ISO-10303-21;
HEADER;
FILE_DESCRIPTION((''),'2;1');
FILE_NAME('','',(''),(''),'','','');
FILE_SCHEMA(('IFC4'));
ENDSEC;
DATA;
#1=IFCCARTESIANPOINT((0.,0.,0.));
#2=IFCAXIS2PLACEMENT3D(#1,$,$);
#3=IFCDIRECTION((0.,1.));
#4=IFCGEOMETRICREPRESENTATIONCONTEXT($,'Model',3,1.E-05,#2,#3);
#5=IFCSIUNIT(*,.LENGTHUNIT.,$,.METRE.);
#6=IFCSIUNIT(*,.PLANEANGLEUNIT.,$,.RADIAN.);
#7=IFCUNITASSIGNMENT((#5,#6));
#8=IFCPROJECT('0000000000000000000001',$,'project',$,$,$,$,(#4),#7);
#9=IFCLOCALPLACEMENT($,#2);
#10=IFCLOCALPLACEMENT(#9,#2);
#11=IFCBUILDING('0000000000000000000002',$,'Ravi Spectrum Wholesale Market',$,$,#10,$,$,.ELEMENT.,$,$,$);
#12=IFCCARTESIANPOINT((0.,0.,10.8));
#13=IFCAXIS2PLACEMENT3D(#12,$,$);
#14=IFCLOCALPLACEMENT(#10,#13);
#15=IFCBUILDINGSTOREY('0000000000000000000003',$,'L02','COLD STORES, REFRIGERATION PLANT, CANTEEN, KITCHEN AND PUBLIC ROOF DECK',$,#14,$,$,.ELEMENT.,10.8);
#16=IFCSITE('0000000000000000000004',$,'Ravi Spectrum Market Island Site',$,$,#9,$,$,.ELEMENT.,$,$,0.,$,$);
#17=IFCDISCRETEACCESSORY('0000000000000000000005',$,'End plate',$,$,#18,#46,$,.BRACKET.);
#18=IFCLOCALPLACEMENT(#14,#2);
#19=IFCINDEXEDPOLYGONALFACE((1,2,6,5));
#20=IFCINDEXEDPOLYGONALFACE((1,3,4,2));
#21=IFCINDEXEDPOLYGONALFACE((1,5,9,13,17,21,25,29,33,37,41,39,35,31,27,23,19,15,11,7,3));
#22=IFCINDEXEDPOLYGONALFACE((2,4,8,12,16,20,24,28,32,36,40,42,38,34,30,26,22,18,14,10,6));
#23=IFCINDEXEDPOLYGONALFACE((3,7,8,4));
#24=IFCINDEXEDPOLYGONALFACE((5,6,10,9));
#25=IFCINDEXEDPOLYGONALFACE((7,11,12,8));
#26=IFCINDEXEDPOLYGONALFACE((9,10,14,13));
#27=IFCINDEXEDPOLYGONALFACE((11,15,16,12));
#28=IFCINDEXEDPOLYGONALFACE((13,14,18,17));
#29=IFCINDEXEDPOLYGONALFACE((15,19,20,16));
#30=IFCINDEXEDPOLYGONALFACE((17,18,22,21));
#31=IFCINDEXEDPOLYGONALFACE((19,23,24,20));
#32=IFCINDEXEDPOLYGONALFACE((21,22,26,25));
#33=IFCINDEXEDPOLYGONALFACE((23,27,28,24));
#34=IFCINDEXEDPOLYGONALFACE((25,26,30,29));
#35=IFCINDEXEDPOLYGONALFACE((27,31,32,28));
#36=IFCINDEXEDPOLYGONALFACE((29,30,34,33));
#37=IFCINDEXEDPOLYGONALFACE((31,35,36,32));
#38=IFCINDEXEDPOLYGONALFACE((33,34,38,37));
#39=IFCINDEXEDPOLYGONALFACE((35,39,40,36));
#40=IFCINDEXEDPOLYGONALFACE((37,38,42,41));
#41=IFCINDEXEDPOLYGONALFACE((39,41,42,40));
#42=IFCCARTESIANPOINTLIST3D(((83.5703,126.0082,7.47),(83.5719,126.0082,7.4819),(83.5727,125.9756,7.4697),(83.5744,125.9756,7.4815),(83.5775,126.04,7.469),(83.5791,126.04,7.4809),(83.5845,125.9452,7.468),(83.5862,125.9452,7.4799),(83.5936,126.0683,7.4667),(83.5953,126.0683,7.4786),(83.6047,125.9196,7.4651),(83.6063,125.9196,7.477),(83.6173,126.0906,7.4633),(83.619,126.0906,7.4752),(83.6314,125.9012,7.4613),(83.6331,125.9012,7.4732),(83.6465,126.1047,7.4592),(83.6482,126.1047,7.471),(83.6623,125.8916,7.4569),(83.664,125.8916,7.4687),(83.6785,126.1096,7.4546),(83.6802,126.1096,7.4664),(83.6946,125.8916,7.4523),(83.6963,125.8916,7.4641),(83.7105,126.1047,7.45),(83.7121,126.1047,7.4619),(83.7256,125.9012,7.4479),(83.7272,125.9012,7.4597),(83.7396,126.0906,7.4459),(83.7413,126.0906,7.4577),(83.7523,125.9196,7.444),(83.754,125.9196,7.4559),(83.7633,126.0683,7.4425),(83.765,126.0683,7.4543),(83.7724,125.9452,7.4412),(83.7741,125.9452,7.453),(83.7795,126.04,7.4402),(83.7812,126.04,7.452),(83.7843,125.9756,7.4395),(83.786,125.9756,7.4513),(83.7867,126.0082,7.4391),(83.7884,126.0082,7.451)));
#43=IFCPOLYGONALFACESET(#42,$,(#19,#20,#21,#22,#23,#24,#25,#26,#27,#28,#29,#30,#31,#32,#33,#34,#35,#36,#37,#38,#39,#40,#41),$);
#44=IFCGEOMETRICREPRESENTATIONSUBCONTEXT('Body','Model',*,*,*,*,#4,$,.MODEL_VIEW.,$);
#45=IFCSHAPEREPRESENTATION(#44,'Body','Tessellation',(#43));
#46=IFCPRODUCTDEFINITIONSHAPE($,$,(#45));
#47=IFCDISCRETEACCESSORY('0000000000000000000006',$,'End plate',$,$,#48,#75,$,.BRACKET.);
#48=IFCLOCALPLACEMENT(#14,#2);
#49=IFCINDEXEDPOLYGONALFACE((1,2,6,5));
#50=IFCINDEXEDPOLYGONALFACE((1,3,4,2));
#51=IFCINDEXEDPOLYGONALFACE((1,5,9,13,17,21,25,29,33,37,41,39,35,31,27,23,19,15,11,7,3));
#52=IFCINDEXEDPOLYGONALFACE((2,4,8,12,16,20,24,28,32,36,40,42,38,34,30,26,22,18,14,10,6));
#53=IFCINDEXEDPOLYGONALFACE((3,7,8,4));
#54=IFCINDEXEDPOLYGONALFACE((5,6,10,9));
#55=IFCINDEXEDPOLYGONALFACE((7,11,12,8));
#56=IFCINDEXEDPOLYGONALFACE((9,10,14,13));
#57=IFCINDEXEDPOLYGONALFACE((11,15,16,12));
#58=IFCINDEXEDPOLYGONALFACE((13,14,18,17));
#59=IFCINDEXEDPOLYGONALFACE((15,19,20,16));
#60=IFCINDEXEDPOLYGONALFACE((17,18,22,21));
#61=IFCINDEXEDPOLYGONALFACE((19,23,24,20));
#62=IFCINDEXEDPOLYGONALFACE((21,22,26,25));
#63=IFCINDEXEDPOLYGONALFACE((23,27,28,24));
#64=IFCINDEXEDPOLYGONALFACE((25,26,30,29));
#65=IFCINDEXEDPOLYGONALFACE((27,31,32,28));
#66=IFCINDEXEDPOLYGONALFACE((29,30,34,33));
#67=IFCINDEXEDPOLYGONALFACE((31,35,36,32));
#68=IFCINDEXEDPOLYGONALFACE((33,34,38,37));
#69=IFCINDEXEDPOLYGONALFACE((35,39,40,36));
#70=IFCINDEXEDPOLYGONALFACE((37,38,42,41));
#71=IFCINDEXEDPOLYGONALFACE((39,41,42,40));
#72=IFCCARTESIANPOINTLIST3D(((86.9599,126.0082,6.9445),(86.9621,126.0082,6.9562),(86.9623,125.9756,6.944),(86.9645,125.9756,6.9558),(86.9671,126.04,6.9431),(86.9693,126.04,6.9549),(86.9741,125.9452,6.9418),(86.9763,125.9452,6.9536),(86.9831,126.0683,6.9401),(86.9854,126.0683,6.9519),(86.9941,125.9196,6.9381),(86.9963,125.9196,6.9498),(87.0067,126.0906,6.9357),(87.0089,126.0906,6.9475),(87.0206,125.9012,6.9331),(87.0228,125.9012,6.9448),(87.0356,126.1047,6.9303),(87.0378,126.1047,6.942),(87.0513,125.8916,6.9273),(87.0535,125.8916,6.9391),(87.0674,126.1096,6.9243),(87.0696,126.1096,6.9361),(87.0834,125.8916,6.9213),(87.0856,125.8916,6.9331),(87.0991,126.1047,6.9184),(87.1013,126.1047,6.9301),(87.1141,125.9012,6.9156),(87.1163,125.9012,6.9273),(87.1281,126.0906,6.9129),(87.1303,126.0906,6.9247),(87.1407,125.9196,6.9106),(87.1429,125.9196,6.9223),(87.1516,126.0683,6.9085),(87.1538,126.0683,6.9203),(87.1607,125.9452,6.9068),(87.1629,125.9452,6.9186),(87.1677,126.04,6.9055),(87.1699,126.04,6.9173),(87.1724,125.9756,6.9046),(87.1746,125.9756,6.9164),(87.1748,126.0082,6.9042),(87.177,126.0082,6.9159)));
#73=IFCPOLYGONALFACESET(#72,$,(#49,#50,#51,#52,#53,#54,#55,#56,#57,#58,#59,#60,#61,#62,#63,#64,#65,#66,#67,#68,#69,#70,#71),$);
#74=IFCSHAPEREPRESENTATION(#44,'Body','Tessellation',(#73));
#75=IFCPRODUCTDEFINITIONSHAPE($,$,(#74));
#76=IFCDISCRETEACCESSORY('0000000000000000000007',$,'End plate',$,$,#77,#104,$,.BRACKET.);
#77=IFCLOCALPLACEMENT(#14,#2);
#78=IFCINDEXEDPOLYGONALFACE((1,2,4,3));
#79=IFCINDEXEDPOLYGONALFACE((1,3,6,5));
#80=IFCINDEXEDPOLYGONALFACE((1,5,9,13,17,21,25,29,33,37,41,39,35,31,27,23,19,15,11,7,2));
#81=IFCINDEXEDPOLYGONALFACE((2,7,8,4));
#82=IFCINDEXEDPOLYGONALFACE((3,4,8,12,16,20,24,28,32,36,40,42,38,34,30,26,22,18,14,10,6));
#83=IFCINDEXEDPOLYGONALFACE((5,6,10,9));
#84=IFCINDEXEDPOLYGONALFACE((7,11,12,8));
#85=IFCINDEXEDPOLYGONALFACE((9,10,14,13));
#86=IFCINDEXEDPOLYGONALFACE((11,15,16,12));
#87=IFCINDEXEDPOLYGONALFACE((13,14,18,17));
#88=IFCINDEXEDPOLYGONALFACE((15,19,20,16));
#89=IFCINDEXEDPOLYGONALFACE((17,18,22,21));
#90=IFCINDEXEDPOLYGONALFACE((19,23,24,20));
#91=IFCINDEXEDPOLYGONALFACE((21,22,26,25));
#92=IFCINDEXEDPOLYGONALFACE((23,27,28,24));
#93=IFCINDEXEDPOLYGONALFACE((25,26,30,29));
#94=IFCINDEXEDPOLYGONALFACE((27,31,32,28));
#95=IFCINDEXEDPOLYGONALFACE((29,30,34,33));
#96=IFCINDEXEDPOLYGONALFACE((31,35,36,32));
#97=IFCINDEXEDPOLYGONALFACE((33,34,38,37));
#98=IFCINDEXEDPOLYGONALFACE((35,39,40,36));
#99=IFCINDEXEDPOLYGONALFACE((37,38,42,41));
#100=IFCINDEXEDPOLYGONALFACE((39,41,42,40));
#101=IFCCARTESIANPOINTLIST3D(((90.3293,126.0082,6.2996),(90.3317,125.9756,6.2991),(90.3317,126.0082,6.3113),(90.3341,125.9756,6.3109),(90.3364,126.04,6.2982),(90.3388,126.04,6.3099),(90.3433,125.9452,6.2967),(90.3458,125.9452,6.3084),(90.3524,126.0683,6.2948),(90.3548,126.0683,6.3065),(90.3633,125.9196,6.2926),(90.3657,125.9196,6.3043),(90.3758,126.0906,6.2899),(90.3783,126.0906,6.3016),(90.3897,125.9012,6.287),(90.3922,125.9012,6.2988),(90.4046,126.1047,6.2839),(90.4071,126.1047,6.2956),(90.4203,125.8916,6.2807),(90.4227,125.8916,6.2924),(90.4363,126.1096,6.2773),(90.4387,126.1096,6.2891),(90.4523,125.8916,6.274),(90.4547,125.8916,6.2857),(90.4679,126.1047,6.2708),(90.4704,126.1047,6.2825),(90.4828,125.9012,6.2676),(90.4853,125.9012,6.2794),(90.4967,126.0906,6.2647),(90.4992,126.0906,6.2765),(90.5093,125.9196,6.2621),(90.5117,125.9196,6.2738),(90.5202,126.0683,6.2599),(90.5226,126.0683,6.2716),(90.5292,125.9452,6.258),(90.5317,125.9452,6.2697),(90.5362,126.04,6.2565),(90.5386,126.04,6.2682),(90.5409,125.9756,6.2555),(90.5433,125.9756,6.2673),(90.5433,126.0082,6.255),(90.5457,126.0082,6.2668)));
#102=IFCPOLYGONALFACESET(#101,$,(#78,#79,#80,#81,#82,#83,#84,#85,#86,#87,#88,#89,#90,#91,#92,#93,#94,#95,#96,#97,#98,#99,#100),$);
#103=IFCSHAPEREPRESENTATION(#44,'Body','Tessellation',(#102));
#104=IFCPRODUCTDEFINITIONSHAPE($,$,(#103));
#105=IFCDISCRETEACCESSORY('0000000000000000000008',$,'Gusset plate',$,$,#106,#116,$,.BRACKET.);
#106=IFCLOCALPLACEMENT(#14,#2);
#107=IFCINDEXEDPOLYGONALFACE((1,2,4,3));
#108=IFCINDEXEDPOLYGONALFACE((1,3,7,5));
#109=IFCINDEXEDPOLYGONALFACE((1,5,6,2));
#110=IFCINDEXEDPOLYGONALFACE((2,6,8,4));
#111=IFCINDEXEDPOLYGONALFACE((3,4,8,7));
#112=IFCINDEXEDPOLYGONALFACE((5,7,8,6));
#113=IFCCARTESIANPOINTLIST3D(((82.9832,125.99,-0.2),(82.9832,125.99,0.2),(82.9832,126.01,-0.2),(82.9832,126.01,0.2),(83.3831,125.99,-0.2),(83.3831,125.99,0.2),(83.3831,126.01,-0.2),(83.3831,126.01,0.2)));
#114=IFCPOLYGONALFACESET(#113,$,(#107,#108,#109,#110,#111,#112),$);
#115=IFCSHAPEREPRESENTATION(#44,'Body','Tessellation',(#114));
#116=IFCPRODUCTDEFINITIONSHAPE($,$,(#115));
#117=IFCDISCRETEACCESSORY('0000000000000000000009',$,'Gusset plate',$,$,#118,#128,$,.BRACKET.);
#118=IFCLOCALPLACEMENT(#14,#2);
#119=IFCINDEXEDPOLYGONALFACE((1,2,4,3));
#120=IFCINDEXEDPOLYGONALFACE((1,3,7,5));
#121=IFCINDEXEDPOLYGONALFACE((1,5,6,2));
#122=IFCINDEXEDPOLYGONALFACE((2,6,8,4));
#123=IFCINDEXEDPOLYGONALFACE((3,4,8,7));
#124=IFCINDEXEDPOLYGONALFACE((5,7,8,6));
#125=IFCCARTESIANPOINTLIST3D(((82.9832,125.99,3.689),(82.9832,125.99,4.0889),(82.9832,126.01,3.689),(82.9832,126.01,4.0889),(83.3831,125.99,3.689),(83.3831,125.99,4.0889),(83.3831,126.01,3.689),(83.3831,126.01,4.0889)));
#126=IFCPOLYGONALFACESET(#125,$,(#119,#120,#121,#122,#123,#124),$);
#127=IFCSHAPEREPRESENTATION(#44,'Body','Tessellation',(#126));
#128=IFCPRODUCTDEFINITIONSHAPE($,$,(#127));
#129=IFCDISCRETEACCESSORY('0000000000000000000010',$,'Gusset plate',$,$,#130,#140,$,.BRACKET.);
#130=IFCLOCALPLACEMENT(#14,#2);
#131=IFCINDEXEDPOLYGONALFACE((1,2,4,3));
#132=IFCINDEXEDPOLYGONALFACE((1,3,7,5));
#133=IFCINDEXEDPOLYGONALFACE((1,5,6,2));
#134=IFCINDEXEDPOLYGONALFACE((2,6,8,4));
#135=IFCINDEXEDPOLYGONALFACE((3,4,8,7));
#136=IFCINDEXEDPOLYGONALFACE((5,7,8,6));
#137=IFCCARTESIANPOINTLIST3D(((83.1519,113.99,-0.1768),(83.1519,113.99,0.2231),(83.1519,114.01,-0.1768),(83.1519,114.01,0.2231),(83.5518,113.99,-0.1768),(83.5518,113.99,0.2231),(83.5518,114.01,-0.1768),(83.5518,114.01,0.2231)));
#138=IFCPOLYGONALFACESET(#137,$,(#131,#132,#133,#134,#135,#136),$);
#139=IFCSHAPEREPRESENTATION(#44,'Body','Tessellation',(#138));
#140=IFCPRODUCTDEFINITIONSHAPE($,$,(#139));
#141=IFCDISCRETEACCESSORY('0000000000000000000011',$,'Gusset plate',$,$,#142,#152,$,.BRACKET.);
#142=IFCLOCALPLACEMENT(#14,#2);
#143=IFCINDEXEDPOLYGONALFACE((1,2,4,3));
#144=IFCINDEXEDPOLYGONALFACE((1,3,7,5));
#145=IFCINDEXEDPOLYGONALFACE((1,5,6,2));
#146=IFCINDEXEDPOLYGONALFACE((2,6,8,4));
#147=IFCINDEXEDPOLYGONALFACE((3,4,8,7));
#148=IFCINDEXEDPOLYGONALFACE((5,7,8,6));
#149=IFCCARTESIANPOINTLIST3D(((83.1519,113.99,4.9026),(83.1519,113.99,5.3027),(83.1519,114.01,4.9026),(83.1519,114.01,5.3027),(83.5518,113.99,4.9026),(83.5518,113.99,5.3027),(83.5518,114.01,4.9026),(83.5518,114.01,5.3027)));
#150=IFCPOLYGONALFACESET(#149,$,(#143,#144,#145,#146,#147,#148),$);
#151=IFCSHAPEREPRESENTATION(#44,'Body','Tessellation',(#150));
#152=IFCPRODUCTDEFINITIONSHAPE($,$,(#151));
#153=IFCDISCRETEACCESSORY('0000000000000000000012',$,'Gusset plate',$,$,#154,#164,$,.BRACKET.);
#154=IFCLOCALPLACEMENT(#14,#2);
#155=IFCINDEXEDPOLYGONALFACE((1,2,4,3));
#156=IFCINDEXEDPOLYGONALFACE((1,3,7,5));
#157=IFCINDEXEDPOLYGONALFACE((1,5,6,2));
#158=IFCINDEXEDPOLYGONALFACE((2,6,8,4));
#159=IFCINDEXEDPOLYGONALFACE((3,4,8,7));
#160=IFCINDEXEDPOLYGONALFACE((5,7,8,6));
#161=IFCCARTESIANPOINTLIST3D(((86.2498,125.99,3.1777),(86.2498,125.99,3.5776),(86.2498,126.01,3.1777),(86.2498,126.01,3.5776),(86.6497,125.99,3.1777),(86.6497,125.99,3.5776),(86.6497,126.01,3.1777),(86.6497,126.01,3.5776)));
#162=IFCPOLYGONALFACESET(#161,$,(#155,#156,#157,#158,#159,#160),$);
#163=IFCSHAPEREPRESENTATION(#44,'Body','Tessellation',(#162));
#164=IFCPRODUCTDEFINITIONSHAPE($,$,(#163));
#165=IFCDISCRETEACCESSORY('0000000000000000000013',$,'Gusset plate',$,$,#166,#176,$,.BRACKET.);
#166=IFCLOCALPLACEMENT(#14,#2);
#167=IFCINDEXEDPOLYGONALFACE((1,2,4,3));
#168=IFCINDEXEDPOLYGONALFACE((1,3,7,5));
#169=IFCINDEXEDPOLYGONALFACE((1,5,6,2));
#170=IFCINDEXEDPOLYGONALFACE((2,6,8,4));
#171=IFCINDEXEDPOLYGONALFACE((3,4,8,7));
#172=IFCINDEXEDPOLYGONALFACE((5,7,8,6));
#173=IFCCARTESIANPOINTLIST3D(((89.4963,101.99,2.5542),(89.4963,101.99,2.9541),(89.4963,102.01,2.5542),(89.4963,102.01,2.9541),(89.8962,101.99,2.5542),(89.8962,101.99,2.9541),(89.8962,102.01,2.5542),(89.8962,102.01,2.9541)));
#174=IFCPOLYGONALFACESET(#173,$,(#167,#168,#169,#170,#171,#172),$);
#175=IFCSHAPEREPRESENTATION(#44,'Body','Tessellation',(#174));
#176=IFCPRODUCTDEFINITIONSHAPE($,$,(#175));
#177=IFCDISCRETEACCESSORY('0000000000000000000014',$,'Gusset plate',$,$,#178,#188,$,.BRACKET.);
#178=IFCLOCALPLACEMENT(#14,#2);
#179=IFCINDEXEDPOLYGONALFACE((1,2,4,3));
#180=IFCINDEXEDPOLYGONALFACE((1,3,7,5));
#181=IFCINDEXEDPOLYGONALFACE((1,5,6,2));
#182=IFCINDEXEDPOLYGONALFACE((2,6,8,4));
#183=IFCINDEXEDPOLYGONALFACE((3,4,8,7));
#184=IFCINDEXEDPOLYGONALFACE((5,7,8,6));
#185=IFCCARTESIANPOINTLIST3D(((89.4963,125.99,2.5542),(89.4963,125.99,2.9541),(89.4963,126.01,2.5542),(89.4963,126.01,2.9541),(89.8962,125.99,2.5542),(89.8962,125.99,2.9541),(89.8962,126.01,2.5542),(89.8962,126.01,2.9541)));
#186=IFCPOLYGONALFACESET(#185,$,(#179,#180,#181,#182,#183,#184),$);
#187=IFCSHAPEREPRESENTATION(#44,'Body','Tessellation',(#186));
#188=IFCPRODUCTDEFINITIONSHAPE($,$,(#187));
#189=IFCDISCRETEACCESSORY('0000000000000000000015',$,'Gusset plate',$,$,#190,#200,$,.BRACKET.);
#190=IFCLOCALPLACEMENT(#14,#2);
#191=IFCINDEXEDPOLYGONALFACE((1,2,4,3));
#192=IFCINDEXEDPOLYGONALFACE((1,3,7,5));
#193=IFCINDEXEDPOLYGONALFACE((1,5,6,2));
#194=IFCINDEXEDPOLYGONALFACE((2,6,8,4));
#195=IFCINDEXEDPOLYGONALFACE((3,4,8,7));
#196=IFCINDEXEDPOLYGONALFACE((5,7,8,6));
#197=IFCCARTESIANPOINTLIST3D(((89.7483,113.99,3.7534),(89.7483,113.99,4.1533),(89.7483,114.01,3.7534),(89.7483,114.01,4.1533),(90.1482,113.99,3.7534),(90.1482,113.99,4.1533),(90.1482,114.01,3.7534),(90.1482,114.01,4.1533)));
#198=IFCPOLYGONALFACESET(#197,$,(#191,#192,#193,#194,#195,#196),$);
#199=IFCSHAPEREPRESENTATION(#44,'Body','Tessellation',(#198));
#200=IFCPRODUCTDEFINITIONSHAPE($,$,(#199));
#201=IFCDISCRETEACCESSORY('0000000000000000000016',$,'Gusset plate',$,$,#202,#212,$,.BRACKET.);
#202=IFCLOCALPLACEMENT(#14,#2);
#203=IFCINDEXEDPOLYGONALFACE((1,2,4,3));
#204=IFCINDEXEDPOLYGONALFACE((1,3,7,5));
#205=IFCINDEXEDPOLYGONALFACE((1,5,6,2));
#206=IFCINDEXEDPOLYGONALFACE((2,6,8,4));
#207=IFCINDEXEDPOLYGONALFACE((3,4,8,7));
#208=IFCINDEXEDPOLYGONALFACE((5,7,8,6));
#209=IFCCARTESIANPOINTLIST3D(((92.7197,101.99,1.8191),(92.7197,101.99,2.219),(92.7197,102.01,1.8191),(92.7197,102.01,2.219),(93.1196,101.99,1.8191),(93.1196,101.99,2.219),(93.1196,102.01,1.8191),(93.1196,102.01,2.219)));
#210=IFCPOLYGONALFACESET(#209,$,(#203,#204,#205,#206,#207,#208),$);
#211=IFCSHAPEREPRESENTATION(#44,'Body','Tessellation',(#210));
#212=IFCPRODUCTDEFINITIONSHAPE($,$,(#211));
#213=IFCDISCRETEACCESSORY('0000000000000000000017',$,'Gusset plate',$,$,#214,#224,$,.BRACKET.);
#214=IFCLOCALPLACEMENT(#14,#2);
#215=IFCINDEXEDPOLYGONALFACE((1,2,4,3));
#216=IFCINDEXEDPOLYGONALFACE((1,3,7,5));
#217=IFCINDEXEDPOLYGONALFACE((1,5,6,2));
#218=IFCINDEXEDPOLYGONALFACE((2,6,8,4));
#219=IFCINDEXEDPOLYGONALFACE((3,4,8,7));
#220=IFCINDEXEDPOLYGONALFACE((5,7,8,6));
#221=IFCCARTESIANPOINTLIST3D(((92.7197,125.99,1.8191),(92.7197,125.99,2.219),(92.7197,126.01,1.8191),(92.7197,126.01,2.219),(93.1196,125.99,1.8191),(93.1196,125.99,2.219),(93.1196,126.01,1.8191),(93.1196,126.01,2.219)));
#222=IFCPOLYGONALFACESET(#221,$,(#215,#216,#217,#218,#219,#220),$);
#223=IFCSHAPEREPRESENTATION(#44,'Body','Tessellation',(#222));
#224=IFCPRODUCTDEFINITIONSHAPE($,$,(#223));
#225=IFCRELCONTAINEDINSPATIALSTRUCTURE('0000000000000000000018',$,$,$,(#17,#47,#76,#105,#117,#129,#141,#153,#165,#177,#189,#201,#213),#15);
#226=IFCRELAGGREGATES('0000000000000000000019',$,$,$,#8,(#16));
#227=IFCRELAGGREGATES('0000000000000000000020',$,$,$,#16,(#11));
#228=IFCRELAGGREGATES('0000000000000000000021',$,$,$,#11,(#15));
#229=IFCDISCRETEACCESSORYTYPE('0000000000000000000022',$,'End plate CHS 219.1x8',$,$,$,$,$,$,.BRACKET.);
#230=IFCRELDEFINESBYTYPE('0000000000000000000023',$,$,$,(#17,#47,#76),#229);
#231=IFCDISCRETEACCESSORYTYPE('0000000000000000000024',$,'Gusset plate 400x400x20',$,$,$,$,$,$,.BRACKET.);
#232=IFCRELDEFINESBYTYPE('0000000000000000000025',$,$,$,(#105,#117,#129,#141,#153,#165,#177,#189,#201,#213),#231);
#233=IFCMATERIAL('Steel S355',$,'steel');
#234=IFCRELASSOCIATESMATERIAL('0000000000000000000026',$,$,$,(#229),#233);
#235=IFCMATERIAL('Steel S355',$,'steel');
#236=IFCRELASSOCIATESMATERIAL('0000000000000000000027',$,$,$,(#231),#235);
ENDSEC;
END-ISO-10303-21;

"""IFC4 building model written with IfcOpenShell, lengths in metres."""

from ifc_helpers import new_model, si_unit, direction, frame, origin, origin_2d, place, context, subcontext, project, spatial, rectangle, circle, extrude, material, material_profile, profile_set, type_object, element, save


model = new_model("IFC4")

# Units and contexts
model_context = context("Model", 3, precision=1e-05, world=origin(), true_north=direction((0.0, 1.0)))
body_context = subcontext(model_context, "Body", "Model", "MODEL_VIEW")
ifc_project = project(units=[si_unit("LENGTHUNIT", "METRE"), si_unit("PLANEANGLEUNIT", "RADIAN")], contexts=[model_context])

# Site, building, storey
site_placement = place(None, origin())
site = spatial("IfcSite", under=ifc_project, at=site_placement, Name="Ravi Spectrum Market Island Site", CompositionType="ELEMENT", RefElevation=0.0)
building_placement = place(site_placement, origin())
building = spatial("IfcBuilding", under=site, at=building_placement, Name="Ravi Spectrum Wholesale Market", CompositionType="ELEMENT")
storey_placement = place(building_placement, frame((0.0, 0.0, 10.8)))
storey = spatial("IfcBuildingStorey", under=building, at=storey_placement, Name="L02", Description="COLD STORES, REFRIGERATION PLANT, CANTEEN, KITCHEN AND PUBLIC ROOF DECK", CompositionType="ELEMENT", Elevation=10.8)

# Discrete accessories
ifc_material_1 = material(Name="Steel S355", Category="steel")
ifc_material_profile_1 = material_profile(ifc_material_1, circle(Radius=0.1096, at=origin_2d()))
ifc_profile_set_1 = profile_set([ifc_material_profile_1], Name="Steel S355")
discrete_accessory_type_1 = type_object("IfcDiscreteAccessoryType", Name="End plate CHS 219.1x8", PredefinedType="BRACKET", material=ifc_profile_set_1)
for number, where, z_axis, x_axis, name in (
    (1, (83.6785, 126.0, 7.4546), (0.141421, 0.0, 0.989949), (0.0, 1.0, 0.0), "End plate"),
    (2, (87.0674, 126.0, 6.9243), (0.184289, 0.0, 0.982872), (0.0, 1.0, 0.0), "End plate"),
    (3, (90.4363, 126.0, 6.2773), (0.203954, 0.0, 0.97898), (0.0, 1.0, 0.0), "End plate"),
):
    element("IfcDiscreteAccessory", number, at=place(storey_placement, frame(where, z_axis=z_axis, x_axis=x_axis)), inside=storey, type_object=discrete_accessory_type_1, Name=name, PredefinedType="BRACKET", context=body_context, shape_type="SweptSolid", body=[
        extrude(circle(Radius=0.1096, at=origin_2d()), origin(), (0.0, 0.0, 1.0), 0.012),
    ])
ifc_material_2 = material(Name="Steel S355", Category="steel")
ifc_material_profile_2 = material_profile(ifc_material_2, rectangle(XDim=0.3999, YDim=0.02, at=origin_2d()))
ifc_profile_set_2 = profile_set([ifc_material_profile_2], Name="Steel S355")
discrete_accessory_type_2 = type_object("IfcDiscreteAccessoryType", Name="Gusset plate 400x400x20", PredefinedType="BRACKET", material=ifc_profile_set_2)
for number, where, z_axis, x_axis, name in (
    (4, (83.1831, 126.0, -0.2), (0.0, 0.0, 1.0), (1.0, 0.0, 0.0), "Gusset plate"),
    (5, (83.1831, 126.0, 3.689), (0.0, 0.0, 1.0), (-1.0, 0.0, 0.0), "Gusset plate"),
    (6, (83.3518, 114.0, -0.1768), (0.0, 0.0, 1.0), (1.0, 0.0, 0.0), "Gusset plate"),
):
    element("IfcDiscreteAccessory", number, at=place(storey_placement, frame(where, z_axis=z_axis, x_axis=x_axis)), inside=storey, type_object=discrete_accessory_type_2, Name=name, PredefinedType="BRACKET", context=body_context, shape_type="SweptSolid", body=[
        extrude(rectangle(XDim=0.3999, YDim=0.02, at=origin_2d()), origin(), (0.0, 0.0, 1.0), 0.3999),
    ])
discrete_accessory_placement = place(storey_placement, frame((83.3518, 114.0, 4.9026), z_axis=(0.0, 0.0, 1.0), x_axis=(-1.0, 0.0, 0.0)))
element("IfcDiscreteAccessory", 7, at=discrete_accessory_placement, inside=storey, type_object=discrete_accessory_type_2, Name="Gusset plate", PredefinedType="BRACKET", context=body_context, shape_type="SweptSolid", body=[
    extrude(rectangle(XDim=0.3999, YDim=0.02, at=origin_2d()), origin(), (0.0, 0.0, 1.0), 0.4001),
])
for number, where, z_axis, x_axis, name in (
    (8, (86.4497, 126.0, 3.1777), (0.0, 0.0, 1.0), (-1.0, 0.0, 0.0), "Gusset plate"),
    (9, (89.6963, 102.0, 2.5542), (0.0, 0.0, 1.0), (-1.0, 0.0, 0.0), "Gusset plate"),
    (10, (89.6963, 126.0, 2.5542), (0.0, 0.0, 1.0), (-1.0, 0.0, 0.0), "Gusset plate"),
    (11, (89.9482, 114.0, 3.7534), (0.0, 0.0, 1.0), (-1.0, 0.0, 0.0), "Gusset plate"),
    (12, (92.9197, 102.0, 1.8191), (0.0, 0.0, 1.0), (-1.0, 0.0, 0.0), "Gusset plate"),
    (13, (92.9197, 126.0, 1.8191), (0.0, 0.0, 1.0), (-1.0, 0.0, 0.0), "Gusset plate"),
):
    element("IfcDiscreteAccessory", number, at=place(storey_placement, frame(where, z_axis=z_axis, x_axis=x_axis)), inside=storey, type_object=discrete_accessory_type_2, Name=name, PredefinedType="BRACKET", context=body_context, shape_type="SweptSolid", body=[
        extrude(rectangle(XDim=0.3999, YDim=0.02, at=origin_2d()), origin(), (0.0, 0.0, 1.0), 0.3999),
    ])

save(model, "model.ifc")
